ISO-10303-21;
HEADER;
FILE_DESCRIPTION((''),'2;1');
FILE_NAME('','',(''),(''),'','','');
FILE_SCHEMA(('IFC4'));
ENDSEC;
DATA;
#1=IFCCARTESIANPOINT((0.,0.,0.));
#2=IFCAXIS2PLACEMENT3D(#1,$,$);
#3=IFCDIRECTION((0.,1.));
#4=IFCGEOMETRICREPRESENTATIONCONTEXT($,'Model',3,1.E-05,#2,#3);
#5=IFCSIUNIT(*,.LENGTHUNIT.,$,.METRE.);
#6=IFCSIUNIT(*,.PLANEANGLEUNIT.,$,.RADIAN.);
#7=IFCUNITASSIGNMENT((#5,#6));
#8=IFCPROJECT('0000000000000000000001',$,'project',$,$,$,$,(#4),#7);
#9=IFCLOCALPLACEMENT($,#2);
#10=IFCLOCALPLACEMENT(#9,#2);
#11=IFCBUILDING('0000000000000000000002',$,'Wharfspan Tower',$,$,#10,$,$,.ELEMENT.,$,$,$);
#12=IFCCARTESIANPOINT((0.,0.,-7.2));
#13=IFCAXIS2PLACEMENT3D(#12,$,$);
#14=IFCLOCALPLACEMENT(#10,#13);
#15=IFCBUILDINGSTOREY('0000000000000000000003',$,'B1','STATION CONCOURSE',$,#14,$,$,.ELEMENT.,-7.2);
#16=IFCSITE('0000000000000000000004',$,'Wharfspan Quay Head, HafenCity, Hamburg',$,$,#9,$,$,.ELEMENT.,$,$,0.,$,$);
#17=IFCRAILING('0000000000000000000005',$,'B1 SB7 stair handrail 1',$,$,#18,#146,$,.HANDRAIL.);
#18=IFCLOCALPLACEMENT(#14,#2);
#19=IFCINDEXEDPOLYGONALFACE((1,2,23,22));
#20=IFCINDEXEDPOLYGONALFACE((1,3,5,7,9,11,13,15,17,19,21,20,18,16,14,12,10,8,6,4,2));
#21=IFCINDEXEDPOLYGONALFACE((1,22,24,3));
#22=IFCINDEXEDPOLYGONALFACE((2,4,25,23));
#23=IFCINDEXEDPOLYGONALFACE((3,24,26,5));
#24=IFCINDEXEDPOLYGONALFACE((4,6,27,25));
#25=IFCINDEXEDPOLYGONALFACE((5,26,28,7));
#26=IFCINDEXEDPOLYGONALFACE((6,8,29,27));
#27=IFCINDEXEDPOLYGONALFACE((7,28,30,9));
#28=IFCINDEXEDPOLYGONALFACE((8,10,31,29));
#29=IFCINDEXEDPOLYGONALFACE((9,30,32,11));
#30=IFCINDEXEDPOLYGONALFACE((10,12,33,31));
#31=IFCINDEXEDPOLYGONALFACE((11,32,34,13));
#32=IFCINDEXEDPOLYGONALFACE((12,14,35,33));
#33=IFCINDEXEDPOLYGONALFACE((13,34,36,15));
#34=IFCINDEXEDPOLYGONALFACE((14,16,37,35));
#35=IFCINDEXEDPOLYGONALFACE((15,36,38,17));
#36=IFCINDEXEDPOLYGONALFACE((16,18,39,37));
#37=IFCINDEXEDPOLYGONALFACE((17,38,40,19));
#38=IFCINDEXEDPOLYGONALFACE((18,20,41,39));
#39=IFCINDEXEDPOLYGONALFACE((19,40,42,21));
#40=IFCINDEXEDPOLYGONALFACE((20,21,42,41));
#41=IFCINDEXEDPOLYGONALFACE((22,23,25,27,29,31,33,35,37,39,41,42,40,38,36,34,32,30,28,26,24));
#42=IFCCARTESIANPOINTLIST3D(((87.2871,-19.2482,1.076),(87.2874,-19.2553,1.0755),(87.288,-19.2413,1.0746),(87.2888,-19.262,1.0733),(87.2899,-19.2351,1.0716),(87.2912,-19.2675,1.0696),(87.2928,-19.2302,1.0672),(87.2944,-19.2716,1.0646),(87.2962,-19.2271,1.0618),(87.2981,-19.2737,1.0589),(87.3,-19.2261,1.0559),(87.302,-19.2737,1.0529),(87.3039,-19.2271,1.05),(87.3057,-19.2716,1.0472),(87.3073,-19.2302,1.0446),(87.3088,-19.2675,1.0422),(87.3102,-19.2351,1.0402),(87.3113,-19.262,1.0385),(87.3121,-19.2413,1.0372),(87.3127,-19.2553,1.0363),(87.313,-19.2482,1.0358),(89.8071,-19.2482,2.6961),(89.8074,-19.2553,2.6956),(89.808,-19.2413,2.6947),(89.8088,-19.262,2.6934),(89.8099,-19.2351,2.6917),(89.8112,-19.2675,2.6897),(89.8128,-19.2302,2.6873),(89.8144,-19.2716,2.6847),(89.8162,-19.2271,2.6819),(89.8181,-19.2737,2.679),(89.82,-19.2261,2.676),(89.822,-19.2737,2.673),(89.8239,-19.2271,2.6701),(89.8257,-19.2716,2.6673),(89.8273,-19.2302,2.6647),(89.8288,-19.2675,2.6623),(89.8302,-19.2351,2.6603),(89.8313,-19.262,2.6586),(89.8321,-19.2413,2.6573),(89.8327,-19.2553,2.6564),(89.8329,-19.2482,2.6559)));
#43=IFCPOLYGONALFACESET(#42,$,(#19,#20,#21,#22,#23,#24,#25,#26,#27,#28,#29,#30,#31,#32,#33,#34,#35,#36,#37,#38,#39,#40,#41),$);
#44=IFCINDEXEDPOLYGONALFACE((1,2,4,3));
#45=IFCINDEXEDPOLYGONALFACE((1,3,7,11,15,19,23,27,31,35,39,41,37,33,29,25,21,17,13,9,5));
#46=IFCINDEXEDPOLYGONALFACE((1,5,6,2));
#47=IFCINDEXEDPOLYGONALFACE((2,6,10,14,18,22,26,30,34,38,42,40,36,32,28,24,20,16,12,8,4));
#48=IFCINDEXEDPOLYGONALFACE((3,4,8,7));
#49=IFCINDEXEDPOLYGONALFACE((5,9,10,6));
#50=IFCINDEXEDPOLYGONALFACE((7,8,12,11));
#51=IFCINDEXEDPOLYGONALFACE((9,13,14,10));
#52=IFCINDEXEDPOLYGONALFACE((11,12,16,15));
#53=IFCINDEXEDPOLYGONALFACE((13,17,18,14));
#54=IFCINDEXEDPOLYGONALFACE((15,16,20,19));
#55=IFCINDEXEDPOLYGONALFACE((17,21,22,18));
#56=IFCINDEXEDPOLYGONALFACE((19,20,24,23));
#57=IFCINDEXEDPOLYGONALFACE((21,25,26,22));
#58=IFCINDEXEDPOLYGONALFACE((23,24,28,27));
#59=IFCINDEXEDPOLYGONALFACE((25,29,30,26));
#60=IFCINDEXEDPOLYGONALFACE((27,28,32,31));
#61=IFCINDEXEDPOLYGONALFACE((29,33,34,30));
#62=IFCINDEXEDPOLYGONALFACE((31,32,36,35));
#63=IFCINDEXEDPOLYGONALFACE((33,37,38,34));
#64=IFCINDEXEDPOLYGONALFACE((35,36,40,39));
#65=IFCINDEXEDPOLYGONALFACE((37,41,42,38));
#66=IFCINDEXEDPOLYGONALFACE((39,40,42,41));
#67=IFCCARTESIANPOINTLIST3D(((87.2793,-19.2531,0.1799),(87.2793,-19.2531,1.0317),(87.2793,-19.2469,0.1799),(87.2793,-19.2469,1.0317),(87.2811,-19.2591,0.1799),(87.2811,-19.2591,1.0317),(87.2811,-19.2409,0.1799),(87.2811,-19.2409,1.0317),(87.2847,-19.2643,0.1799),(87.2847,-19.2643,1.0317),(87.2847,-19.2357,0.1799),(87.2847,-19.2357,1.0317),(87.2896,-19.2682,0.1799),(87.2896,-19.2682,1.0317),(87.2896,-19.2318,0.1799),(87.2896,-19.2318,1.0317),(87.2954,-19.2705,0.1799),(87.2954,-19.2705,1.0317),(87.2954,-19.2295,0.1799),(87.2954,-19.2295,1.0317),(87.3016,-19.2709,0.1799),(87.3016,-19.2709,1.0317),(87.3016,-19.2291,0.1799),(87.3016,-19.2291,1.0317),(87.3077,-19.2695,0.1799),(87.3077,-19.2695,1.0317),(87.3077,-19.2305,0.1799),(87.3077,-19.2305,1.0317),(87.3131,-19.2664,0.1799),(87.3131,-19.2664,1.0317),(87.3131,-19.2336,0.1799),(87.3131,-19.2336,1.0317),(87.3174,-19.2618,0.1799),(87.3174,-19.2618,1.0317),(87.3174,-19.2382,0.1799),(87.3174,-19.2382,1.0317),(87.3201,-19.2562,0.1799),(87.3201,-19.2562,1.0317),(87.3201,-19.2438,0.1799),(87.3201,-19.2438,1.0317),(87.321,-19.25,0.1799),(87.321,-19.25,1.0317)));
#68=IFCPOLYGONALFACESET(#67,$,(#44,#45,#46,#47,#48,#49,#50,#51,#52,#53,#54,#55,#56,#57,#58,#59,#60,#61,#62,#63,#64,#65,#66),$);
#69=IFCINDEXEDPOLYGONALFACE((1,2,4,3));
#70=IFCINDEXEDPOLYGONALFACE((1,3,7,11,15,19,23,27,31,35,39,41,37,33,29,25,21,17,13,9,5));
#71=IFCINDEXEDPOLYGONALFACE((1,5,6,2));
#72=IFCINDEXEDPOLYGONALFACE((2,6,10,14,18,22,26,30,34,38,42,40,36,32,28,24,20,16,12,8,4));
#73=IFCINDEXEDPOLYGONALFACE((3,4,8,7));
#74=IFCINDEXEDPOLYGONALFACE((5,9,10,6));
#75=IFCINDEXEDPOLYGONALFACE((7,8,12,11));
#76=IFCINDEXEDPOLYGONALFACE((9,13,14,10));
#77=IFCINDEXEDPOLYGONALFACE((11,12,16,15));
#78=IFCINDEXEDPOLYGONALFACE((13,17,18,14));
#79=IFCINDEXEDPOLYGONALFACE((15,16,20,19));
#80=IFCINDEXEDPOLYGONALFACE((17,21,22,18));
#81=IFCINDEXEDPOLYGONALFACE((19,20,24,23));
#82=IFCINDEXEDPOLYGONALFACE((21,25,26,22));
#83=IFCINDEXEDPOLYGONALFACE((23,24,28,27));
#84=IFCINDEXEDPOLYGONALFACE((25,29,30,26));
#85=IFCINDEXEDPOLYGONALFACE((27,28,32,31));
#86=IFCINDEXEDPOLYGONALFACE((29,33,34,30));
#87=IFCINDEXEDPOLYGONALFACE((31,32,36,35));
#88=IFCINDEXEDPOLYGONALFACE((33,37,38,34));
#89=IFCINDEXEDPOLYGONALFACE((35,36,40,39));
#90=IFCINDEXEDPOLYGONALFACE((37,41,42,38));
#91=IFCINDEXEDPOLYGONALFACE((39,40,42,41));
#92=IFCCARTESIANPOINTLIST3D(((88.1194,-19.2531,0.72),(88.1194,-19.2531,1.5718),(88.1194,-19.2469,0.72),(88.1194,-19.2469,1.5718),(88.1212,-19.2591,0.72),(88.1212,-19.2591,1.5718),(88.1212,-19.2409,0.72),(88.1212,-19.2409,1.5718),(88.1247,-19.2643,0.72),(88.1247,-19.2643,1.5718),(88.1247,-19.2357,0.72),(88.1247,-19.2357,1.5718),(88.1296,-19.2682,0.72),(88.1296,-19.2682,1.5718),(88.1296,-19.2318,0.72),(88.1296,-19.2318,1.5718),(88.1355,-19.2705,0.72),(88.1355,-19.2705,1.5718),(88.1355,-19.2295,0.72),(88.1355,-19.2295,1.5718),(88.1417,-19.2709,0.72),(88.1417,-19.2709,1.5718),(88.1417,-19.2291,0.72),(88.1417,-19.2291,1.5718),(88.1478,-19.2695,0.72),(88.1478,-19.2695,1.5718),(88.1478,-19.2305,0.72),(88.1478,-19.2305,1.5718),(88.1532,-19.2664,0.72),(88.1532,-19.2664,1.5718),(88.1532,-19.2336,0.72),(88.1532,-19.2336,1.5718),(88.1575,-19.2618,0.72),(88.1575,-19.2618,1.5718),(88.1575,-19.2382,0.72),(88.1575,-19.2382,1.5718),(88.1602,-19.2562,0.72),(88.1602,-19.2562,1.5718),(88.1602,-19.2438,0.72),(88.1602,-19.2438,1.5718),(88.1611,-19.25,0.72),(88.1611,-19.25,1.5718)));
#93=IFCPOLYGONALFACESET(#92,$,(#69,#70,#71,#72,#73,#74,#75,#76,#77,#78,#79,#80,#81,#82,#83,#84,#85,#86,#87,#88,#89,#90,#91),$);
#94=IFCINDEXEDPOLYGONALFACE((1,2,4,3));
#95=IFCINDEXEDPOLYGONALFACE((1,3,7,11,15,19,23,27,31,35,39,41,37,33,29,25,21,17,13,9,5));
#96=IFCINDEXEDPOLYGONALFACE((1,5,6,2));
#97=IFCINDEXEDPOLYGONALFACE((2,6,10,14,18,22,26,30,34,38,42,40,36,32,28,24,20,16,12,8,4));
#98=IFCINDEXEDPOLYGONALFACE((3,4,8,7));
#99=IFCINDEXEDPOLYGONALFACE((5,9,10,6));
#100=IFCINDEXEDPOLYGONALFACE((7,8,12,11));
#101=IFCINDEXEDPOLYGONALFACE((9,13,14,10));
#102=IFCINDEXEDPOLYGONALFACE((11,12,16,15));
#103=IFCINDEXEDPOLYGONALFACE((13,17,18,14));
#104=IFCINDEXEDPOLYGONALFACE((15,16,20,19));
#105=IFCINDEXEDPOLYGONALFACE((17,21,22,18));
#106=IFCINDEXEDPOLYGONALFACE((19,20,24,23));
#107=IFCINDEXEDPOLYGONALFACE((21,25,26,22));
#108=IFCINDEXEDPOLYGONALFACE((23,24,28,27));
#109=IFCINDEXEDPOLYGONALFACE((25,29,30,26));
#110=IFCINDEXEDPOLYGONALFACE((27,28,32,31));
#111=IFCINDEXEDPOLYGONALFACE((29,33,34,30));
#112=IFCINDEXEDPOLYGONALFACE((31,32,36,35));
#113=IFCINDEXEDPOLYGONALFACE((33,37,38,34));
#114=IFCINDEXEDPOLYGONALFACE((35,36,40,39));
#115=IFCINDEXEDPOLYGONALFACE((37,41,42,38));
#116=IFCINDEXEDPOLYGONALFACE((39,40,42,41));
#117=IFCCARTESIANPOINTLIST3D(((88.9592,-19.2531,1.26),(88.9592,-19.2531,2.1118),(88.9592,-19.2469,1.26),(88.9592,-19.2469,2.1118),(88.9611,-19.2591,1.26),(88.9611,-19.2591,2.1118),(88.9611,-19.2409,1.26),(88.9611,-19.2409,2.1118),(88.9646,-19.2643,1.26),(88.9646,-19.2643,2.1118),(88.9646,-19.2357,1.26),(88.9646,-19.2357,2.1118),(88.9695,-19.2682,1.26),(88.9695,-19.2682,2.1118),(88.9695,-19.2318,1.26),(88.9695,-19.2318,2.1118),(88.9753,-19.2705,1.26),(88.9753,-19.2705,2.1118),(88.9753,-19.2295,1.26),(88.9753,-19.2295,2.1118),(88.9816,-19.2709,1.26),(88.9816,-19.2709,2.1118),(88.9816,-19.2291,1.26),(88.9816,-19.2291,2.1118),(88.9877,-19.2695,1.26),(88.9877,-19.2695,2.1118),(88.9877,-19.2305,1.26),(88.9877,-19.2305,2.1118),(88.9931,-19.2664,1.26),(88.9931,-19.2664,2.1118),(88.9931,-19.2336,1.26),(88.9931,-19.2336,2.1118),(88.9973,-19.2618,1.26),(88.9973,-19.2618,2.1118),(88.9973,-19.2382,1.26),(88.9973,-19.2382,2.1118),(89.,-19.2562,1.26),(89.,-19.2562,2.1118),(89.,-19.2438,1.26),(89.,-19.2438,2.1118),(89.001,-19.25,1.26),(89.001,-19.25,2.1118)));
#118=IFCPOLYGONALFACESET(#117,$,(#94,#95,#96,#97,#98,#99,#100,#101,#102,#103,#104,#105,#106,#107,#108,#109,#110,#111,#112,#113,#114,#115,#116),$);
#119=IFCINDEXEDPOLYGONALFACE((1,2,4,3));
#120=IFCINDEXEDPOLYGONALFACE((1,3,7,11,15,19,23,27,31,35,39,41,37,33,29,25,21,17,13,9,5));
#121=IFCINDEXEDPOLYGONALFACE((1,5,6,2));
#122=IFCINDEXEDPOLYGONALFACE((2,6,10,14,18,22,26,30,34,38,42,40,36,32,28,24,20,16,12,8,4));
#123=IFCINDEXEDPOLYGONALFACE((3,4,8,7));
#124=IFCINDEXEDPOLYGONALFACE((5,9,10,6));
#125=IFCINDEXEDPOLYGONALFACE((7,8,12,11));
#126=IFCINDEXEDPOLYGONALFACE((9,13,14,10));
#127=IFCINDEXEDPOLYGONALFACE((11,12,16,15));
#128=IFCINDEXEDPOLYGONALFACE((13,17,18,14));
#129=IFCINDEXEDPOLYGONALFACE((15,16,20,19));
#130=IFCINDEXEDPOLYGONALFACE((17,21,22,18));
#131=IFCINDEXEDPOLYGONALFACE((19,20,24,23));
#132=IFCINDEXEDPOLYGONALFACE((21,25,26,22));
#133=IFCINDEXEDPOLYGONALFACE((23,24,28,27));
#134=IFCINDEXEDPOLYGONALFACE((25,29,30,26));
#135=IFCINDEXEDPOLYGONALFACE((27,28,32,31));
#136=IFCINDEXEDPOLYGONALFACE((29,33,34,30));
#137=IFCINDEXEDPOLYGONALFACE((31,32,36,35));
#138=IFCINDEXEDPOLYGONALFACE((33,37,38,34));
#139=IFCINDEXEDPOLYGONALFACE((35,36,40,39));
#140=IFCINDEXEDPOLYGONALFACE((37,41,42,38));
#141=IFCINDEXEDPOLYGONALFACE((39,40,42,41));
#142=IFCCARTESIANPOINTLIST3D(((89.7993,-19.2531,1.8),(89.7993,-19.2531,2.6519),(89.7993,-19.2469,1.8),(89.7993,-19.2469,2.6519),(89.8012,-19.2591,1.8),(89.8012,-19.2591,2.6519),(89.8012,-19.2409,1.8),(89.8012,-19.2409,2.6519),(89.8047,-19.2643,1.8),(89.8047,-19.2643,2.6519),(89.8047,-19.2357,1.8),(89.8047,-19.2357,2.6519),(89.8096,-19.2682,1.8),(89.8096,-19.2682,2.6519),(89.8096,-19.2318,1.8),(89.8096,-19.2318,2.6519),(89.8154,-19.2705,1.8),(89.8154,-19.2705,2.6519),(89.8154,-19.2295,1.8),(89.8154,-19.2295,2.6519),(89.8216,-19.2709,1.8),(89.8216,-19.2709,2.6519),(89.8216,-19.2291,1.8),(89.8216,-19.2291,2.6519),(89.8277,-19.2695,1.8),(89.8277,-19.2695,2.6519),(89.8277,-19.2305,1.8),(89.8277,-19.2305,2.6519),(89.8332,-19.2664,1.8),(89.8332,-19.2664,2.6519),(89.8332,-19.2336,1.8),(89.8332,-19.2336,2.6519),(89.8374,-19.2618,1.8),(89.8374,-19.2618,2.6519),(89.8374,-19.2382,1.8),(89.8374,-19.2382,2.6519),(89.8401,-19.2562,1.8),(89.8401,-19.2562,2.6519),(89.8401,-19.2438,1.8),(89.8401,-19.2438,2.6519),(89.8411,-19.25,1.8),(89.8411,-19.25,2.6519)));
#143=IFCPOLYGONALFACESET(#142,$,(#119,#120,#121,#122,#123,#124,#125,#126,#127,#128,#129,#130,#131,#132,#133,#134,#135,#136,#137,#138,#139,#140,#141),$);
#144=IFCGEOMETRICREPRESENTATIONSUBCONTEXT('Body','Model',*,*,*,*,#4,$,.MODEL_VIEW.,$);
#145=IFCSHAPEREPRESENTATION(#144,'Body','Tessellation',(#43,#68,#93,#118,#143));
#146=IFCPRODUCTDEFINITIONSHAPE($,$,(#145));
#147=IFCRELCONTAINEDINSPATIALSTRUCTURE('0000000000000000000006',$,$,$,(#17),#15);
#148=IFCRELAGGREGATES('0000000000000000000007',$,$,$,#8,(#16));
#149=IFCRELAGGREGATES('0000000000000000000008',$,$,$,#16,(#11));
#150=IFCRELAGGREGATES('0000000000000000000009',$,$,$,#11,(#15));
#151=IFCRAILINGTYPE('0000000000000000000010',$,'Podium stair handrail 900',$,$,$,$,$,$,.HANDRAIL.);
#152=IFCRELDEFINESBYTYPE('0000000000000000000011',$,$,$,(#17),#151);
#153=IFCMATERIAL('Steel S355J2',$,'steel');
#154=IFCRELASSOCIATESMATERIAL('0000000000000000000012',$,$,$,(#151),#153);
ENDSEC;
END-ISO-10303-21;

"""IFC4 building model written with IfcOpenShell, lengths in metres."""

from ifc_helpers import new_model, si_unit, direction, frame, origin, origin_2d, place, context, subcontext, project, spatial, circle, extrude, material, type_object, element, save


model = new_model("IFC4")

# Units and contexts
model_context = context("Model", 3, precision=1e-05, world=origin(), true_north=direction((0.0, 1.0)))
body_context = subcontext(model_context, "Body", "Model", "MODEL_VIEW")
ifc_project = project(units=[si_unit("LENGTHUNIT", "METRE"), si_unit("PLANEANGLEUNIT", "RADIAN")], contexts=[model_context])

# Site, building, storey
site_placement = place(None, origin())
site = spatial("IfcSite", under=ifc_project, at=site_placement, Name="Wharfspan Quay Head, HafenCity, Hamburg", CompositionType="ELEMENT", RefElevation=0.0)
building_placement = place(site_placement, origin())
building = spatial("IfcBuilding", under=site, at=building_placement, Name="Wharfspan Tower", CompositionType="ELEMENT")
storey_placement = place(building_placement, frame((0.0, 0.0, -7.2)))
storey = spatial("IfcBuildingStorey", under=building, at=storey_placement, Name="B1", Description="STATION CONCOURSE", CompositionType="ELEMENT", Elevation=-7.2)

# Railing
ifc_material_1 = material(Name="Steel S355J2", Category="steel")
railing_type_1 = type_object("IfcRailingType", Name="Podium stair handrail 900", PredefinedType="HANDRAIL", material=ifc_material_1)
railing_1_placement = place(storey_placement, frame((87.3, -19.25, 0.1799)))
element("IfcRailing", 1, at=railing_1_placement, inside=storey, type_object=railing_type_1, Name="B1 SB7 stair handrail 1", PredefinedType="HANDRAIL", context=body_context, shape_type="SweptSolid", body=[
    extrude(circle(Radius=0.0239, at=origin_2d()), frame((0.0, 0.0, 0.876), z_axis=(0.841163, 0.0, 0.540782), x_axis=(0.0, 1.0, 0.0)), (0.0, 0.0, 1.0), 2.9958),
    extrude(circle(Radius=0.021, at=origin_2d()), origin(), (0.0, 0.0, 1.0), 0.8518),
    extrude(circle(Radius=0.021, at=origin_2d()), frame((0.8401, 0.0, 0.54)), (0.0, 0.0, 1.0), 0.8518),
    extrude(circle(Radius=0.021, at=origin_2d()), frame((1.6799, 0.0, 1.0801)), (0.0, 0.0, 1.0), 0.8518),
    extrude(circle(Radius=0.021, at=origin_2d()), frame((2.52, 0.0, 1.6201)), (0.0, 0.0, 1.0), 0.8518),
])

save(model, "model.ifc")
